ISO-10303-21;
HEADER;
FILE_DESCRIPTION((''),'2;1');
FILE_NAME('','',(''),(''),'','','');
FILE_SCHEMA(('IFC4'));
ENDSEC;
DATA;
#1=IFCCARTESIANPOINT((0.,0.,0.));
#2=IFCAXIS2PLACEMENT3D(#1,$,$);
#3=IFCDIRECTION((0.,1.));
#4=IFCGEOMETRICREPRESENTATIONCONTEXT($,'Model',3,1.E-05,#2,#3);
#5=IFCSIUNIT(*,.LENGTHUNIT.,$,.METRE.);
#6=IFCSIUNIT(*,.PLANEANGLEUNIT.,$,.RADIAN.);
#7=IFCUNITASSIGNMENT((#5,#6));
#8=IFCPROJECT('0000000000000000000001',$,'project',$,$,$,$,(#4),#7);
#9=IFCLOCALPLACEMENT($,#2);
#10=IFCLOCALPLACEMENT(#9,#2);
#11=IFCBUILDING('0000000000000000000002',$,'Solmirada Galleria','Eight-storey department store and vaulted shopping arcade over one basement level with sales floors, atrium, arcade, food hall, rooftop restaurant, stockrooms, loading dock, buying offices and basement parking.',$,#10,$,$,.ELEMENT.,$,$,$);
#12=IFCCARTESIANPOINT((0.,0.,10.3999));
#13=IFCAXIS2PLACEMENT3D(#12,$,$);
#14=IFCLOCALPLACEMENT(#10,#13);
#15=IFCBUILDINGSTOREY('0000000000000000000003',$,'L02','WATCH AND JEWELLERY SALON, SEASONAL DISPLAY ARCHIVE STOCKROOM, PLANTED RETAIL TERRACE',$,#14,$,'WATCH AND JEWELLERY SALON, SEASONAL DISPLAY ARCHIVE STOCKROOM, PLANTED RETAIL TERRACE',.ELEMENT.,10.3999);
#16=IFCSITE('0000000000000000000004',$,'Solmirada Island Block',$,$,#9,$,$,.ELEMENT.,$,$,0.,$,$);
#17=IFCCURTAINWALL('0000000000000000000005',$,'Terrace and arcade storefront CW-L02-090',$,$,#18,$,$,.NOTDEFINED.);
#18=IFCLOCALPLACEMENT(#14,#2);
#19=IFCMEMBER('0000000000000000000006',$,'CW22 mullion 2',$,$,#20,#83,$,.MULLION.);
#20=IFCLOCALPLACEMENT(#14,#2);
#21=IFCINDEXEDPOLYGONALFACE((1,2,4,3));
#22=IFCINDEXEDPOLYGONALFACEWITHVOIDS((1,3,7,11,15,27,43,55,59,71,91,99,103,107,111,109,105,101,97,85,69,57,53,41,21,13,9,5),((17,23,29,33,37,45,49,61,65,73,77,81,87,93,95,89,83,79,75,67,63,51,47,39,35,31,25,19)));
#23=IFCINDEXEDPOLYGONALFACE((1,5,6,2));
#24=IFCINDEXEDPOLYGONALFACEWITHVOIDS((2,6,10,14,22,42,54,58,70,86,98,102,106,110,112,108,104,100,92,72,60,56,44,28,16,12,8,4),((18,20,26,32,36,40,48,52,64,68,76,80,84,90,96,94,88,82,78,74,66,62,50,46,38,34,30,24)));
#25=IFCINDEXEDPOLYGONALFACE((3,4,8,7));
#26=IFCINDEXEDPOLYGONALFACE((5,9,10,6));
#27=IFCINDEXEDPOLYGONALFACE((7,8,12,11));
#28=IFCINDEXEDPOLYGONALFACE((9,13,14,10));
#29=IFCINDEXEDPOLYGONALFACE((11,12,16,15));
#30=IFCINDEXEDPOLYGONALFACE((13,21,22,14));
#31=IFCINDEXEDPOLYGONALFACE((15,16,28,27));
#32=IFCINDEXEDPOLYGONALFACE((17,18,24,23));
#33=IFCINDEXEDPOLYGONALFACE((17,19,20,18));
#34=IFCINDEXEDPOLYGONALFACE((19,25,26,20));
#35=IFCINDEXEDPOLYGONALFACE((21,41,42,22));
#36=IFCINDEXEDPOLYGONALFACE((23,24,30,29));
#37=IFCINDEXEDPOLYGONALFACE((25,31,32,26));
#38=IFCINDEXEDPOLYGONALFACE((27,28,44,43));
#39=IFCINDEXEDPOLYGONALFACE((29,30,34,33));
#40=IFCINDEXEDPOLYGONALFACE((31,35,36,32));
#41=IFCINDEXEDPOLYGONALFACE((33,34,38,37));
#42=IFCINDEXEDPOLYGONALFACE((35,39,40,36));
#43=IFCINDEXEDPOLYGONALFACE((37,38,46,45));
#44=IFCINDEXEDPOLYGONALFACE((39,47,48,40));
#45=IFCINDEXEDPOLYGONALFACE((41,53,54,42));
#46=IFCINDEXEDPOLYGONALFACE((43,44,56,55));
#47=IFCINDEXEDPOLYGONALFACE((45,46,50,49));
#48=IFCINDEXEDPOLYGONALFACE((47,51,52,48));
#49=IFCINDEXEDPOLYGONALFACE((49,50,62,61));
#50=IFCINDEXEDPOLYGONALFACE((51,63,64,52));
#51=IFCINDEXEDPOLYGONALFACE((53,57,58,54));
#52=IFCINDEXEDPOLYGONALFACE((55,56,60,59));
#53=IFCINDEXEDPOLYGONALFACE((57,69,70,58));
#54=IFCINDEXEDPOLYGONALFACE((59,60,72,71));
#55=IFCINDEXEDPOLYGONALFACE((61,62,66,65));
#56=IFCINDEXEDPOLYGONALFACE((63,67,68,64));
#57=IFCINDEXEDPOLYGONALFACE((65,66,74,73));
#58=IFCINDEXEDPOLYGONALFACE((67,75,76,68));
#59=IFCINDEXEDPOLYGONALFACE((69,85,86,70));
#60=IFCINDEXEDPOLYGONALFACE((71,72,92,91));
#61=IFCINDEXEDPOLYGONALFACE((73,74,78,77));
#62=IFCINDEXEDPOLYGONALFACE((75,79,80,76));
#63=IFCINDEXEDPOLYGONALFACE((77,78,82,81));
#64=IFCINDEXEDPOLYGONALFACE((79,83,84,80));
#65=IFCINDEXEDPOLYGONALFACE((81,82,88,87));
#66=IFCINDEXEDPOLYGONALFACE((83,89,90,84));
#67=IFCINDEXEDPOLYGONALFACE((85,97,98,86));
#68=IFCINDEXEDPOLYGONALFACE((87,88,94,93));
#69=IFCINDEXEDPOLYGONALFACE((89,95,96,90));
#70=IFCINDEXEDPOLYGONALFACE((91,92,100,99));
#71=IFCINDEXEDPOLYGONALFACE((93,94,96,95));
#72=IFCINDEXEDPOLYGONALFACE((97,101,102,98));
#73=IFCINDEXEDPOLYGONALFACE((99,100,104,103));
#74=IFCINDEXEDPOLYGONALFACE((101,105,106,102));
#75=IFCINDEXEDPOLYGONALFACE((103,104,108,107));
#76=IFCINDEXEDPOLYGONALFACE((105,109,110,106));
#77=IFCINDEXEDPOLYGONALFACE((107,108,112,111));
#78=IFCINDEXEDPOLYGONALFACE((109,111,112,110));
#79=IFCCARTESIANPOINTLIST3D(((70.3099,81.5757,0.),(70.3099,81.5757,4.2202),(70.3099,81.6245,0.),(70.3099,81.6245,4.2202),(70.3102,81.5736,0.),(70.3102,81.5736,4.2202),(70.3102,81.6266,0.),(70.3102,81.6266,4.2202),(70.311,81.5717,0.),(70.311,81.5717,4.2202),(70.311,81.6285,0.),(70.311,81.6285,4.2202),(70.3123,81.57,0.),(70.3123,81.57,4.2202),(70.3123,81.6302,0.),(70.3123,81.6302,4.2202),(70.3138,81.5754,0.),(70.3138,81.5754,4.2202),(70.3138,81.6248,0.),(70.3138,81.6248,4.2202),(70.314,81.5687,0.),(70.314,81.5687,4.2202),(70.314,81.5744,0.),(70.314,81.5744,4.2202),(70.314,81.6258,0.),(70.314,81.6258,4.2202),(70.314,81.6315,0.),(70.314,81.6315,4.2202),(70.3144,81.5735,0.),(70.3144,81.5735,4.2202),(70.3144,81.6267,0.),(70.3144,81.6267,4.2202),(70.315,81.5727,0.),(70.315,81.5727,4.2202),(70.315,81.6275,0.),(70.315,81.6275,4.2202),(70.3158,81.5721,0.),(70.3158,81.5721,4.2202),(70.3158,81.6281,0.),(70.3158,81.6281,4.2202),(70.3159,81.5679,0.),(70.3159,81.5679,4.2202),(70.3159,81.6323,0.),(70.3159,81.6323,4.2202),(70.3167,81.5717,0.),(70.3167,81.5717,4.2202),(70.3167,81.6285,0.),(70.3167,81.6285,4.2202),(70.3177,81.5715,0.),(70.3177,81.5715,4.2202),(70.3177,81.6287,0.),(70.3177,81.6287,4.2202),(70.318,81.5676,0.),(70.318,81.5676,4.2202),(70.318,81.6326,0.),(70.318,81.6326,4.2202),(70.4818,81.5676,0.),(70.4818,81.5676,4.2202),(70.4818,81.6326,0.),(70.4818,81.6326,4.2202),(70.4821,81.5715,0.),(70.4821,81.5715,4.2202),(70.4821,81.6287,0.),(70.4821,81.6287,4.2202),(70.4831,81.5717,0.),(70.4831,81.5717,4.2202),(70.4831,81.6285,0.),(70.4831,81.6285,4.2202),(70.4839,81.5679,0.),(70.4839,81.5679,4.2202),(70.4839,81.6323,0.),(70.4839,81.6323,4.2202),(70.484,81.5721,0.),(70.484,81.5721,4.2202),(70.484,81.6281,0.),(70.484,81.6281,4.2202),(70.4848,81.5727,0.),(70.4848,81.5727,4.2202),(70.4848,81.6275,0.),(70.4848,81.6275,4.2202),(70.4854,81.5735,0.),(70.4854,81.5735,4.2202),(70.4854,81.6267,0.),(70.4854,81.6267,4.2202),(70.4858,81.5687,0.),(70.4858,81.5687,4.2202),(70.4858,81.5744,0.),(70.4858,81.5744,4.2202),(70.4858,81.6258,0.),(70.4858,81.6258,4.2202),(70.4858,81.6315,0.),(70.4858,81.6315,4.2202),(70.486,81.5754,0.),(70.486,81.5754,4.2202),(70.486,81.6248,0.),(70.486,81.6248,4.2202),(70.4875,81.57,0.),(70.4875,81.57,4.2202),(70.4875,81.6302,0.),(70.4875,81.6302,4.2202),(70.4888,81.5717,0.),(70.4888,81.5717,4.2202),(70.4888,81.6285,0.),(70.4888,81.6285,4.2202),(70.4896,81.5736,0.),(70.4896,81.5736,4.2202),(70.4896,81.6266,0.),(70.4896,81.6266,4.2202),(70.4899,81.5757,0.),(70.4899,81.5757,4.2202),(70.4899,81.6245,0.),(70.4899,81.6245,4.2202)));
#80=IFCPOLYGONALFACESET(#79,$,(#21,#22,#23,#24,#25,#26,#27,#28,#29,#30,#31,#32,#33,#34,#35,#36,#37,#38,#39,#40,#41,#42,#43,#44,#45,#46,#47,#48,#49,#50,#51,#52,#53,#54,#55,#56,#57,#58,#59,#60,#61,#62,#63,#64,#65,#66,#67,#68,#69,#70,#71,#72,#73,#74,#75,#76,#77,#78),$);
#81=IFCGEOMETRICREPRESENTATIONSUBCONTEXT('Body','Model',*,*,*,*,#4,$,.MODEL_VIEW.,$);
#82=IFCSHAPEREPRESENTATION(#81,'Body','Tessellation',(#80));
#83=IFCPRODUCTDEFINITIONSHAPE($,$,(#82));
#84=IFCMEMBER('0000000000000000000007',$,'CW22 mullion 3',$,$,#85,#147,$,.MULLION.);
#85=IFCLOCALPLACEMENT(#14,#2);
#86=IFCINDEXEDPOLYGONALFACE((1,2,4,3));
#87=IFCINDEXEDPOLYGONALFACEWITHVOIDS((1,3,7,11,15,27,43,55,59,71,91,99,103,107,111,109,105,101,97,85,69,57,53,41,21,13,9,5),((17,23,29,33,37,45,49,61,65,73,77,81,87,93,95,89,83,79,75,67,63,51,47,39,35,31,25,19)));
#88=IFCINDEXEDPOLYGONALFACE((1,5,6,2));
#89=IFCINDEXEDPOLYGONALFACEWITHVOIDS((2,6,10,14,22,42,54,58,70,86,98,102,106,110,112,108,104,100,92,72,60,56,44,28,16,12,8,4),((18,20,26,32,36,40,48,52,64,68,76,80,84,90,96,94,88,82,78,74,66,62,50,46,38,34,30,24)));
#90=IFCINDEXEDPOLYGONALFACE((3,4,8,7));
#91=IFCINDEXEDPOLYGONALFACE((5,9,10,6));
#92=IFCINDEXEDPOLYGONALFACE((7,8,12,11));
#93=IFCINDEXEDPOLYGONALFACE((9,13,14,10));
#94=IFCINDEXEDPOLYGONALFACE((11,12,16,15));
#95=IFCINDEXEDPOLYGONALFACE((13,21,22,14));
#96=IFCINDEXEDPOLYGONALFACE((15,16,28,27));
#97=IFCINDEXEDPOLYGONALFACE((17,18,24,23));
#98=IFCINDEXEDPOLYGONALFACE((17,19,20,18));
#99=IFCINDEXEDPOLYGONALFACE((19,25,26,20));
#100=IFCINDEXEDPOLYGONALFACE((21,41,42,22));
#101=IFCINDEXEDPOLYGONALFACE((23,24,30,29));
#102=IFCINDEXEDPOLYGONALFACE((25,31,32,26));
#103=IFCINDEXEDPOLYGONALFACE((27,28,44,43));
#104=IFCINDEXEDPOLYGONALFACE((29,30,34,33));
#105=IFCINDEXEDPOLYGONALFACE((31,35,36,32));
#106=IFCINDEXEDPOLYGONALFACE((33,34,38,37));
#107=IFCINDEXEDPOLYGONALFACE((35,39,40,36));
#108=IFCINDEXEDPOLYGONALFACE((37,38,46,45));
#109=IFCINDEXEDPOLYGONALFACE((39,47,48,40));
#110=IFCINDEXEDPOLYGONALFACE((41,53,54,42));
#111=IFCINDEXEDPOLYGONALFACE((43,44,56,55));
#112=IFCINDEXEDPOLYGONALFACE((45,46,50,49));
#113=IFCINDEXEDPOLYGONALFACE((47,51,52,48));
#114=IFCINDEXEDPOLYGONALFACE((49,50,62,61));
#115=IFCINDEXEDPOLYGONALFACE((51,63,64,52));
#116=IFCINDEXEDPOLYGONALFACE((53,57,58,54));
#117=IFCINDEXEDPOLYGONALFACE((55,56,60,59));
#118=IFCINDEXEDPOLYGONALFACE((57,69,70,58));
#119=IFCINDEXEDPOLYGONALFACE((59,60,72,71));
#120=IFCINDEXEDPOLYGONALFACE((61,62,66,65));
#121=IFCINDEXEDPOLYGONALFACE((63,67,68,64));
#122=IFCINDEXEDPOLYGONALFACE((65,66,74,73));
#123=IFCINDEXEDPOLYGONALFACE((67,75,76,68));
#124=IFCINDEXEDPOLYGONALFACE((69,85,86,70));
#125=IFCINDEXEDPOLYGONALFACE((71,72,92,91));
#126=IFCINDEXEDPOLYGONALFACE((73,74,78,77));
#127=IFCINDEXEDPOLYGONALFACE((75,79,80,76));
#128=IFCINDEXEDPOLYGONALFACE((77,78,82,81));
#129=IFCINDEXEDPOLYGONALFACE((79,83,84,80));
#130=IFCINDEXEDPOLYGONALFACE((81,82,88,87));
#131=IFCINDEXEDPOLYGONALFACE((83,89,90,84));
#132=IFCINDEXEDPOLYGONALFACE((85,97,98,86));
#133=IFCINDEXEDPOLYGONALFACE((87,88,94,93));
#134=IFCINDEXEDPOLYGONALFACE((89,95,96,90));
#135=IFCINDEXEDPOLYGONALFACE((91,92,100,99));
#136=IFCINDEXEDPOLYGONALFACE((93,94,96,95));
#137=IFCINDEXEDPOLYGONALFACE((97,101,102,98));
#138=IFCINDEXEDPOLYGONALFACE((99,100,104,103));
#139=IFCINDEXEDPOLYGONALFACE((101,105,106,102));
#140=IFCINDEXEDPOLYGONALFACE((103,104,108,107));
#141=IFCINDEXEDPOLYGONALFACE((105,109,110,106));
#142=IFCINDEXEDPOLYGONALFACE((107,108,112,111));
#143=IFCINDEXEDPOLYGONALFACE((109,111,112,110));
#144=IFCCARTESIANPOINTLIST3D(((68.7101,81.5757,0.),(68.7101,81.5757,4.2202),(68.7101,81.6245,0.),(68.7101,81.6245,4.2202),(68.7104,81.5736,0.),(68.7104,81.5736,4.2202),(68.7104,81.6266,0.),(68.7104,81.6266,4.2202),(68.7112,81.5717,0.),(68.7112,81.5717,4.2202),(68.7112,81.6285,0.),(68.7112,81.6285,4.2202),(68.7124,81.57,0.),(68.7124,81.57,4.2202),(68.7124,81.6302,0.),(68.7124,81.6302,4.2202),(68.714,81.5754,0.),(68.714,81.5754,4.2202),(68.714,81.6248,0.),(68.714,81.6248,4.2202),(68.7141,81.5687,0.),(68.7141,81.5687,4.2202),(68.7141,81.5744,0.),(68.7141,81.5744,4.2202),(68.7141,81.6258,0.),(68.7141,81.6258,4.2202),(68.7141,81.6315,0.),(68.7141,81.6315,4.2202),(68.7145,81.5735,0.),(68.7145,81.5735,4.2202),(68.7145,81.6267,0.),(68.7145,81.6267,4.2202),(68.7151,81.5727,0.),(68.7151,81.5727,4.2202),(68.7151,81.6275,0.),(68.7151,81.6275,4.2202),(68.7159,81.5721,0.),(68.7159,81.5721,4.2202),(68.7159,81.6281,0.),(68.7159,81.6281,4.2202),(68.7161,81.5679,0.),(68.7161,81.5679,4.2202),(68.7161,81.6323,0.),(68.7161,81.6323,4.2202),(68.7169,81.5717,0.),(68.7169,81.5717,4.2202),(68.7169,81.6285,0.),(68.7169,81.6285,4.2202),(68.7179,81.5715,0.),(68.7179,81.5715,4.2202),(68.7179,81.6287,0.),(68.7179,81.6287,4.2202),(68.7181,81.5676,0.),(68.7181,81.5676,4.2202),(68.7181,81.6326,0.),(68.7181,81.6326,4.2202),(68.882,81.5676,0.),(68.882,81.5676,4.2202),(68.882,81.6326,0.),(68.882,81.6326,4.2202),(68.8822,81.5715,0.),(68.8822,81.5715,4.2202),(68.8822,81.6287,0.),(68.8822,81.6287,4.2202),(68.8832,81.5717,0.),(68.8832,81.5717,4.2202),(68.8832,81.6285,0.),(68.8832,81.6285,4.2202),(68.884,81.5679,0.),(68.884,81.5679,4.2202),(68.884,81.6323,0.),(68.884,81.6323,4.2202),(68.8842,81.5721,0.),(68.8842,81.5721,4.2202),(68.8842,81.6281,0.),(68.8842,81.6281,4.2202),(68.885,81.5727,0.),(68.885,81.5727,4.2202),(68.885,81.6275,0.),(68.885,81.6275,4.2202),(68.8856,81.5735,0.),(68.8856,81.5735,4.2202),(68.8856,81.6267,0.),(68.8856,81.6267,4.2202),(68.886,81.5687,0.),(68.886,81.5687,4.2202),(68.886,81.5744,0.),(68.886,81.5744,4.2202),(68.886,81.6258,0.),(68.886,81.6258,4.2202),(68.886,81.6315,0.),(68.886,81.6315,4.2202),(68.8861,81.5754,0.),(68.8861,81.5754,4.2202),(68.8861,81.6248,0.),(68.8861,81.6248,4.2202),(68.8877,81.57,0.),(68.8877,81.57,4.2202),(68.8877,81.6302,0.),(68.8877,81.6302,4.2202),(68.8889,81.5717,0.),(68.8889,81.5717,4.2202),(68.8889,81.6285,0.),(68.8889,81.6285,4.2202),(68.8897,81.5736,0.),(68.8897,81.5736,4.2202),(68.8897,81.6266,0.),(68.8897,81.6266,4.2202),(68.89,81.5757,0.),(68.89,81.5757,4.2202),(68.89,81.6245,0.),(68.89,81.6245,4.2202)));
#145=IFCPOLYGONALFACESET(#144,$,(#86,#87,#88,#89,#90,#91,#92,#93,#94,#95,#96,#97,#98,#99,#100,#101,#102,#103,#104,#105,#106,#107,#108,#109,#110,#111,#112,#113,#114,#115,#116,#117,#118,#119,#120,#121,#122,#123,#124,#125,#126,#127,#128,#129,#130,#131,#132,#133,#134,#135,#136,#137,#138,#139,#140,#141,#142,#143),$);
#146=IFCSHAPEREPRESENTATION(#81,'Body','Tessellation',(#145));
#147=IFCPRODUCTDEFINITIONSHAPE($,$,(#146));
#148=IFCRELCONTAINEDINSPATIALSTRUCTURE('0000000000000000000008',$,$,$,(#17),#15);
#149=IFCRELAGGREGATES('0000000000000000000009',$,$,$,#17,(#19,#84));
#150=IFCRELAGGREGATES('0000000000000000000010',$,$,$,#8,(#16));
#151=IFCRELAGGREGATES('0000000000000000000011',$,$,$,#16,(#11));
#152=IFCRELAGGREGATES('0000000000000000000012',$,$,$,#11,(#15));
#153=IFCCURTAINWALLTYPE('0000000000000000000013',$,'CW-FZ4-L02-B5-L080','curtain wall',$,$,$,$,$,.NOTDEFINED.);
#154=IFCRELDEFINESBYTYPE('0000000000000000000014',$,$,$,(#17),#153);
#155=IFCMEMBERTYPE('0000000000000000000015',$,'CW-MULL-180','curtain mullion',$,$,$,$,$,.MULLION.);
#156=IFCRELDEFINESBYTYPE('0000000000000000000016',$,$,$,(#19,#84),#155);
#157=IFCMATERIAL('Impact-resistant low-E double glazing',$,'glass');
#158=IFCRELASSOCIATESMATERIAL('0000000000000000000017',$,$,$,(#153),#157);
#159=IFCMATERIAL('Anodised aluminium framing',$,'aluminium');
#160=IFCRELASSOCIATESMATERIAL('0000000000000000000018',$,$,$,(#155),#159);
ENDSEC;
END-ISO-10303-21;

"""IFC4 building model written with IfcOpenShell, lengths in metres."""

from ifc_helpers import new_model, si_unit, direction, frame, origin, origin_2d, place, context, subcontext, project, spatial, hollow_rectangle, extrude, material, material_profile, profile_set, type_object, element, aggregate, save


model = new_model("IFC4")

# Units and contexts
model_context = context("Model", 3, precision=1e-05, world=origin(), true_north=direction((0.0, 1.0)))
body_context = subcontext(model_context, "Body", "Model", "MODEL_VIEW")
ifc_project = project(units=[si_unit("LENGTHUNIT", "METRE"), si_unit("PLANEANGLEUNIT", "RADIAN")], contexts=[model_context])

# Site, building, storey
site_placement = place(None, origin())
site = spatial("IfcSite", under=ifc_project, at=site_placement, Name="Solmirada Island Block", CompositionType="ELEMENT", RefElevation=0.0)
building_placement = place(site_placement, origin())
building = spatial("IfcBuilding", under=site, at=building_placement, Name="Solmirada Galleria", Description="Eight-storey department store and vaulted shopping arcade over one basement level with sales floors, atrium, arcade, food hall, rooftop restaurant, stockrooms, loading dock, buying offices and basement parking.", CompositionType="ELEMENT")
storey_placement = place(building_placement, frame((0.0, 0.0, 10.3999)))
storey = spatial("IfcBuildingStorey", under=building, at=storey_placement, Name="L02", Description="WATCH AND JEWELLERY SALON, SEASONAL DISPLAY ARCHIVE STOCKROOM, PLANTED RETAIL TERRACE", LongName="WATCH AND JEWELLERY SALON, SEASONAL DISPLAY ARCHIVE STOCKROOM, PLANTED RETAIL TERRACE", CompositionType="ELEMENT", Elevation=10.3999)

# Shared definitions
ifc_material_1 = material(Name="Impact-resistant low-E double glazing", Category="glass")
curtain_wall_type = type_object("IfcCurtainWallType", Name="CW-FZ4-L02-B5-L080", Description="curtain wall", PredefinedType="NOTDEFINED", material=ifc_material_1)
ifc_material_2 = material(Name="Anodised aluminium framing", Category="aluminium")
ifc_material_profile_1 = material_profile(ifc_material_2, hollow_rectangle(XDim=0.0649, YDim=0.1799, WallThickness=0.0039, InnerFilletRadius=0.0039, OuterFilletRadius=0.0081, at=origin_2d()), Name="ALU-MULL-180X65")
ifc_profile_set_1 = profile_set([ifc_material_profile_1], Name="Anodised aluminium framing")
member_type_1 = type_object("IfcMemberType", Name="CW-MULL-180", Description="curtain mullion", PredefinedType="MULLION", material=ifc_profile_set_1)

# Curtain wall, members
curtain_wall_1_placement = place(storey_placement, origin())
curtain_wall_1 = element("IfcCurtainWall", 1, at=curtain_wall_1_placement, inside=storey, type_object=curtain_wall_type, Name="Terrace and arcade storefront CW-L02-090", PredefinedType="NOTDEFINED")
member_1_placement = place(storey_placement, frame((70.3999, 81.6001, 0.0), z_axis=(0.0, 0.0, 1.0), x_axis=(0.0, -1.0, 0.0)))
member_1 = element("IfcMember", 2, at=member_1_placement, type_object=member_type_1, Name="CW22 mullion 2", PredefinedType="MULLION", context=body_context, shape_type="SweptSolid", body=[
    extrude(hollow_rectangle(XDim=0.0649, YDim=0.1799, WallThickness=0.0039, InnerFilletRadius=0.0039, OuterFilletRadius=0.0081, at=origin_2d()), origin(), (0.0, 0.0, 1.0), 4.2202),
])
member_2_placement = place(storey_placement, frame((68.8, 81.6001, 0.0), z_axis=(0.0, 0.0, 1.0), x_axis=(0.0, -1.0, 0.0)))
member_2 = element("IfcMember", 3, at=member_2_placement, type_object=member_type_1, Name="CW22 mullion 3", PredefinedType="MULLION", context=body_context, shape_type="SweptSolid", body=[
    extrude(hollow_rectangle(XDim=0.0649, YDim=0.1799, WallThickness=0.0039, InnerFilletRadius=0.0039, OuterFilletRadius=0.0081, at=origin_2d()), origin(), (0.0, 0.0, 1.0), 4.2202),
])

aggregate(curtain_wall_1, [member_1, member_2])

save(model, "model.ifc")
